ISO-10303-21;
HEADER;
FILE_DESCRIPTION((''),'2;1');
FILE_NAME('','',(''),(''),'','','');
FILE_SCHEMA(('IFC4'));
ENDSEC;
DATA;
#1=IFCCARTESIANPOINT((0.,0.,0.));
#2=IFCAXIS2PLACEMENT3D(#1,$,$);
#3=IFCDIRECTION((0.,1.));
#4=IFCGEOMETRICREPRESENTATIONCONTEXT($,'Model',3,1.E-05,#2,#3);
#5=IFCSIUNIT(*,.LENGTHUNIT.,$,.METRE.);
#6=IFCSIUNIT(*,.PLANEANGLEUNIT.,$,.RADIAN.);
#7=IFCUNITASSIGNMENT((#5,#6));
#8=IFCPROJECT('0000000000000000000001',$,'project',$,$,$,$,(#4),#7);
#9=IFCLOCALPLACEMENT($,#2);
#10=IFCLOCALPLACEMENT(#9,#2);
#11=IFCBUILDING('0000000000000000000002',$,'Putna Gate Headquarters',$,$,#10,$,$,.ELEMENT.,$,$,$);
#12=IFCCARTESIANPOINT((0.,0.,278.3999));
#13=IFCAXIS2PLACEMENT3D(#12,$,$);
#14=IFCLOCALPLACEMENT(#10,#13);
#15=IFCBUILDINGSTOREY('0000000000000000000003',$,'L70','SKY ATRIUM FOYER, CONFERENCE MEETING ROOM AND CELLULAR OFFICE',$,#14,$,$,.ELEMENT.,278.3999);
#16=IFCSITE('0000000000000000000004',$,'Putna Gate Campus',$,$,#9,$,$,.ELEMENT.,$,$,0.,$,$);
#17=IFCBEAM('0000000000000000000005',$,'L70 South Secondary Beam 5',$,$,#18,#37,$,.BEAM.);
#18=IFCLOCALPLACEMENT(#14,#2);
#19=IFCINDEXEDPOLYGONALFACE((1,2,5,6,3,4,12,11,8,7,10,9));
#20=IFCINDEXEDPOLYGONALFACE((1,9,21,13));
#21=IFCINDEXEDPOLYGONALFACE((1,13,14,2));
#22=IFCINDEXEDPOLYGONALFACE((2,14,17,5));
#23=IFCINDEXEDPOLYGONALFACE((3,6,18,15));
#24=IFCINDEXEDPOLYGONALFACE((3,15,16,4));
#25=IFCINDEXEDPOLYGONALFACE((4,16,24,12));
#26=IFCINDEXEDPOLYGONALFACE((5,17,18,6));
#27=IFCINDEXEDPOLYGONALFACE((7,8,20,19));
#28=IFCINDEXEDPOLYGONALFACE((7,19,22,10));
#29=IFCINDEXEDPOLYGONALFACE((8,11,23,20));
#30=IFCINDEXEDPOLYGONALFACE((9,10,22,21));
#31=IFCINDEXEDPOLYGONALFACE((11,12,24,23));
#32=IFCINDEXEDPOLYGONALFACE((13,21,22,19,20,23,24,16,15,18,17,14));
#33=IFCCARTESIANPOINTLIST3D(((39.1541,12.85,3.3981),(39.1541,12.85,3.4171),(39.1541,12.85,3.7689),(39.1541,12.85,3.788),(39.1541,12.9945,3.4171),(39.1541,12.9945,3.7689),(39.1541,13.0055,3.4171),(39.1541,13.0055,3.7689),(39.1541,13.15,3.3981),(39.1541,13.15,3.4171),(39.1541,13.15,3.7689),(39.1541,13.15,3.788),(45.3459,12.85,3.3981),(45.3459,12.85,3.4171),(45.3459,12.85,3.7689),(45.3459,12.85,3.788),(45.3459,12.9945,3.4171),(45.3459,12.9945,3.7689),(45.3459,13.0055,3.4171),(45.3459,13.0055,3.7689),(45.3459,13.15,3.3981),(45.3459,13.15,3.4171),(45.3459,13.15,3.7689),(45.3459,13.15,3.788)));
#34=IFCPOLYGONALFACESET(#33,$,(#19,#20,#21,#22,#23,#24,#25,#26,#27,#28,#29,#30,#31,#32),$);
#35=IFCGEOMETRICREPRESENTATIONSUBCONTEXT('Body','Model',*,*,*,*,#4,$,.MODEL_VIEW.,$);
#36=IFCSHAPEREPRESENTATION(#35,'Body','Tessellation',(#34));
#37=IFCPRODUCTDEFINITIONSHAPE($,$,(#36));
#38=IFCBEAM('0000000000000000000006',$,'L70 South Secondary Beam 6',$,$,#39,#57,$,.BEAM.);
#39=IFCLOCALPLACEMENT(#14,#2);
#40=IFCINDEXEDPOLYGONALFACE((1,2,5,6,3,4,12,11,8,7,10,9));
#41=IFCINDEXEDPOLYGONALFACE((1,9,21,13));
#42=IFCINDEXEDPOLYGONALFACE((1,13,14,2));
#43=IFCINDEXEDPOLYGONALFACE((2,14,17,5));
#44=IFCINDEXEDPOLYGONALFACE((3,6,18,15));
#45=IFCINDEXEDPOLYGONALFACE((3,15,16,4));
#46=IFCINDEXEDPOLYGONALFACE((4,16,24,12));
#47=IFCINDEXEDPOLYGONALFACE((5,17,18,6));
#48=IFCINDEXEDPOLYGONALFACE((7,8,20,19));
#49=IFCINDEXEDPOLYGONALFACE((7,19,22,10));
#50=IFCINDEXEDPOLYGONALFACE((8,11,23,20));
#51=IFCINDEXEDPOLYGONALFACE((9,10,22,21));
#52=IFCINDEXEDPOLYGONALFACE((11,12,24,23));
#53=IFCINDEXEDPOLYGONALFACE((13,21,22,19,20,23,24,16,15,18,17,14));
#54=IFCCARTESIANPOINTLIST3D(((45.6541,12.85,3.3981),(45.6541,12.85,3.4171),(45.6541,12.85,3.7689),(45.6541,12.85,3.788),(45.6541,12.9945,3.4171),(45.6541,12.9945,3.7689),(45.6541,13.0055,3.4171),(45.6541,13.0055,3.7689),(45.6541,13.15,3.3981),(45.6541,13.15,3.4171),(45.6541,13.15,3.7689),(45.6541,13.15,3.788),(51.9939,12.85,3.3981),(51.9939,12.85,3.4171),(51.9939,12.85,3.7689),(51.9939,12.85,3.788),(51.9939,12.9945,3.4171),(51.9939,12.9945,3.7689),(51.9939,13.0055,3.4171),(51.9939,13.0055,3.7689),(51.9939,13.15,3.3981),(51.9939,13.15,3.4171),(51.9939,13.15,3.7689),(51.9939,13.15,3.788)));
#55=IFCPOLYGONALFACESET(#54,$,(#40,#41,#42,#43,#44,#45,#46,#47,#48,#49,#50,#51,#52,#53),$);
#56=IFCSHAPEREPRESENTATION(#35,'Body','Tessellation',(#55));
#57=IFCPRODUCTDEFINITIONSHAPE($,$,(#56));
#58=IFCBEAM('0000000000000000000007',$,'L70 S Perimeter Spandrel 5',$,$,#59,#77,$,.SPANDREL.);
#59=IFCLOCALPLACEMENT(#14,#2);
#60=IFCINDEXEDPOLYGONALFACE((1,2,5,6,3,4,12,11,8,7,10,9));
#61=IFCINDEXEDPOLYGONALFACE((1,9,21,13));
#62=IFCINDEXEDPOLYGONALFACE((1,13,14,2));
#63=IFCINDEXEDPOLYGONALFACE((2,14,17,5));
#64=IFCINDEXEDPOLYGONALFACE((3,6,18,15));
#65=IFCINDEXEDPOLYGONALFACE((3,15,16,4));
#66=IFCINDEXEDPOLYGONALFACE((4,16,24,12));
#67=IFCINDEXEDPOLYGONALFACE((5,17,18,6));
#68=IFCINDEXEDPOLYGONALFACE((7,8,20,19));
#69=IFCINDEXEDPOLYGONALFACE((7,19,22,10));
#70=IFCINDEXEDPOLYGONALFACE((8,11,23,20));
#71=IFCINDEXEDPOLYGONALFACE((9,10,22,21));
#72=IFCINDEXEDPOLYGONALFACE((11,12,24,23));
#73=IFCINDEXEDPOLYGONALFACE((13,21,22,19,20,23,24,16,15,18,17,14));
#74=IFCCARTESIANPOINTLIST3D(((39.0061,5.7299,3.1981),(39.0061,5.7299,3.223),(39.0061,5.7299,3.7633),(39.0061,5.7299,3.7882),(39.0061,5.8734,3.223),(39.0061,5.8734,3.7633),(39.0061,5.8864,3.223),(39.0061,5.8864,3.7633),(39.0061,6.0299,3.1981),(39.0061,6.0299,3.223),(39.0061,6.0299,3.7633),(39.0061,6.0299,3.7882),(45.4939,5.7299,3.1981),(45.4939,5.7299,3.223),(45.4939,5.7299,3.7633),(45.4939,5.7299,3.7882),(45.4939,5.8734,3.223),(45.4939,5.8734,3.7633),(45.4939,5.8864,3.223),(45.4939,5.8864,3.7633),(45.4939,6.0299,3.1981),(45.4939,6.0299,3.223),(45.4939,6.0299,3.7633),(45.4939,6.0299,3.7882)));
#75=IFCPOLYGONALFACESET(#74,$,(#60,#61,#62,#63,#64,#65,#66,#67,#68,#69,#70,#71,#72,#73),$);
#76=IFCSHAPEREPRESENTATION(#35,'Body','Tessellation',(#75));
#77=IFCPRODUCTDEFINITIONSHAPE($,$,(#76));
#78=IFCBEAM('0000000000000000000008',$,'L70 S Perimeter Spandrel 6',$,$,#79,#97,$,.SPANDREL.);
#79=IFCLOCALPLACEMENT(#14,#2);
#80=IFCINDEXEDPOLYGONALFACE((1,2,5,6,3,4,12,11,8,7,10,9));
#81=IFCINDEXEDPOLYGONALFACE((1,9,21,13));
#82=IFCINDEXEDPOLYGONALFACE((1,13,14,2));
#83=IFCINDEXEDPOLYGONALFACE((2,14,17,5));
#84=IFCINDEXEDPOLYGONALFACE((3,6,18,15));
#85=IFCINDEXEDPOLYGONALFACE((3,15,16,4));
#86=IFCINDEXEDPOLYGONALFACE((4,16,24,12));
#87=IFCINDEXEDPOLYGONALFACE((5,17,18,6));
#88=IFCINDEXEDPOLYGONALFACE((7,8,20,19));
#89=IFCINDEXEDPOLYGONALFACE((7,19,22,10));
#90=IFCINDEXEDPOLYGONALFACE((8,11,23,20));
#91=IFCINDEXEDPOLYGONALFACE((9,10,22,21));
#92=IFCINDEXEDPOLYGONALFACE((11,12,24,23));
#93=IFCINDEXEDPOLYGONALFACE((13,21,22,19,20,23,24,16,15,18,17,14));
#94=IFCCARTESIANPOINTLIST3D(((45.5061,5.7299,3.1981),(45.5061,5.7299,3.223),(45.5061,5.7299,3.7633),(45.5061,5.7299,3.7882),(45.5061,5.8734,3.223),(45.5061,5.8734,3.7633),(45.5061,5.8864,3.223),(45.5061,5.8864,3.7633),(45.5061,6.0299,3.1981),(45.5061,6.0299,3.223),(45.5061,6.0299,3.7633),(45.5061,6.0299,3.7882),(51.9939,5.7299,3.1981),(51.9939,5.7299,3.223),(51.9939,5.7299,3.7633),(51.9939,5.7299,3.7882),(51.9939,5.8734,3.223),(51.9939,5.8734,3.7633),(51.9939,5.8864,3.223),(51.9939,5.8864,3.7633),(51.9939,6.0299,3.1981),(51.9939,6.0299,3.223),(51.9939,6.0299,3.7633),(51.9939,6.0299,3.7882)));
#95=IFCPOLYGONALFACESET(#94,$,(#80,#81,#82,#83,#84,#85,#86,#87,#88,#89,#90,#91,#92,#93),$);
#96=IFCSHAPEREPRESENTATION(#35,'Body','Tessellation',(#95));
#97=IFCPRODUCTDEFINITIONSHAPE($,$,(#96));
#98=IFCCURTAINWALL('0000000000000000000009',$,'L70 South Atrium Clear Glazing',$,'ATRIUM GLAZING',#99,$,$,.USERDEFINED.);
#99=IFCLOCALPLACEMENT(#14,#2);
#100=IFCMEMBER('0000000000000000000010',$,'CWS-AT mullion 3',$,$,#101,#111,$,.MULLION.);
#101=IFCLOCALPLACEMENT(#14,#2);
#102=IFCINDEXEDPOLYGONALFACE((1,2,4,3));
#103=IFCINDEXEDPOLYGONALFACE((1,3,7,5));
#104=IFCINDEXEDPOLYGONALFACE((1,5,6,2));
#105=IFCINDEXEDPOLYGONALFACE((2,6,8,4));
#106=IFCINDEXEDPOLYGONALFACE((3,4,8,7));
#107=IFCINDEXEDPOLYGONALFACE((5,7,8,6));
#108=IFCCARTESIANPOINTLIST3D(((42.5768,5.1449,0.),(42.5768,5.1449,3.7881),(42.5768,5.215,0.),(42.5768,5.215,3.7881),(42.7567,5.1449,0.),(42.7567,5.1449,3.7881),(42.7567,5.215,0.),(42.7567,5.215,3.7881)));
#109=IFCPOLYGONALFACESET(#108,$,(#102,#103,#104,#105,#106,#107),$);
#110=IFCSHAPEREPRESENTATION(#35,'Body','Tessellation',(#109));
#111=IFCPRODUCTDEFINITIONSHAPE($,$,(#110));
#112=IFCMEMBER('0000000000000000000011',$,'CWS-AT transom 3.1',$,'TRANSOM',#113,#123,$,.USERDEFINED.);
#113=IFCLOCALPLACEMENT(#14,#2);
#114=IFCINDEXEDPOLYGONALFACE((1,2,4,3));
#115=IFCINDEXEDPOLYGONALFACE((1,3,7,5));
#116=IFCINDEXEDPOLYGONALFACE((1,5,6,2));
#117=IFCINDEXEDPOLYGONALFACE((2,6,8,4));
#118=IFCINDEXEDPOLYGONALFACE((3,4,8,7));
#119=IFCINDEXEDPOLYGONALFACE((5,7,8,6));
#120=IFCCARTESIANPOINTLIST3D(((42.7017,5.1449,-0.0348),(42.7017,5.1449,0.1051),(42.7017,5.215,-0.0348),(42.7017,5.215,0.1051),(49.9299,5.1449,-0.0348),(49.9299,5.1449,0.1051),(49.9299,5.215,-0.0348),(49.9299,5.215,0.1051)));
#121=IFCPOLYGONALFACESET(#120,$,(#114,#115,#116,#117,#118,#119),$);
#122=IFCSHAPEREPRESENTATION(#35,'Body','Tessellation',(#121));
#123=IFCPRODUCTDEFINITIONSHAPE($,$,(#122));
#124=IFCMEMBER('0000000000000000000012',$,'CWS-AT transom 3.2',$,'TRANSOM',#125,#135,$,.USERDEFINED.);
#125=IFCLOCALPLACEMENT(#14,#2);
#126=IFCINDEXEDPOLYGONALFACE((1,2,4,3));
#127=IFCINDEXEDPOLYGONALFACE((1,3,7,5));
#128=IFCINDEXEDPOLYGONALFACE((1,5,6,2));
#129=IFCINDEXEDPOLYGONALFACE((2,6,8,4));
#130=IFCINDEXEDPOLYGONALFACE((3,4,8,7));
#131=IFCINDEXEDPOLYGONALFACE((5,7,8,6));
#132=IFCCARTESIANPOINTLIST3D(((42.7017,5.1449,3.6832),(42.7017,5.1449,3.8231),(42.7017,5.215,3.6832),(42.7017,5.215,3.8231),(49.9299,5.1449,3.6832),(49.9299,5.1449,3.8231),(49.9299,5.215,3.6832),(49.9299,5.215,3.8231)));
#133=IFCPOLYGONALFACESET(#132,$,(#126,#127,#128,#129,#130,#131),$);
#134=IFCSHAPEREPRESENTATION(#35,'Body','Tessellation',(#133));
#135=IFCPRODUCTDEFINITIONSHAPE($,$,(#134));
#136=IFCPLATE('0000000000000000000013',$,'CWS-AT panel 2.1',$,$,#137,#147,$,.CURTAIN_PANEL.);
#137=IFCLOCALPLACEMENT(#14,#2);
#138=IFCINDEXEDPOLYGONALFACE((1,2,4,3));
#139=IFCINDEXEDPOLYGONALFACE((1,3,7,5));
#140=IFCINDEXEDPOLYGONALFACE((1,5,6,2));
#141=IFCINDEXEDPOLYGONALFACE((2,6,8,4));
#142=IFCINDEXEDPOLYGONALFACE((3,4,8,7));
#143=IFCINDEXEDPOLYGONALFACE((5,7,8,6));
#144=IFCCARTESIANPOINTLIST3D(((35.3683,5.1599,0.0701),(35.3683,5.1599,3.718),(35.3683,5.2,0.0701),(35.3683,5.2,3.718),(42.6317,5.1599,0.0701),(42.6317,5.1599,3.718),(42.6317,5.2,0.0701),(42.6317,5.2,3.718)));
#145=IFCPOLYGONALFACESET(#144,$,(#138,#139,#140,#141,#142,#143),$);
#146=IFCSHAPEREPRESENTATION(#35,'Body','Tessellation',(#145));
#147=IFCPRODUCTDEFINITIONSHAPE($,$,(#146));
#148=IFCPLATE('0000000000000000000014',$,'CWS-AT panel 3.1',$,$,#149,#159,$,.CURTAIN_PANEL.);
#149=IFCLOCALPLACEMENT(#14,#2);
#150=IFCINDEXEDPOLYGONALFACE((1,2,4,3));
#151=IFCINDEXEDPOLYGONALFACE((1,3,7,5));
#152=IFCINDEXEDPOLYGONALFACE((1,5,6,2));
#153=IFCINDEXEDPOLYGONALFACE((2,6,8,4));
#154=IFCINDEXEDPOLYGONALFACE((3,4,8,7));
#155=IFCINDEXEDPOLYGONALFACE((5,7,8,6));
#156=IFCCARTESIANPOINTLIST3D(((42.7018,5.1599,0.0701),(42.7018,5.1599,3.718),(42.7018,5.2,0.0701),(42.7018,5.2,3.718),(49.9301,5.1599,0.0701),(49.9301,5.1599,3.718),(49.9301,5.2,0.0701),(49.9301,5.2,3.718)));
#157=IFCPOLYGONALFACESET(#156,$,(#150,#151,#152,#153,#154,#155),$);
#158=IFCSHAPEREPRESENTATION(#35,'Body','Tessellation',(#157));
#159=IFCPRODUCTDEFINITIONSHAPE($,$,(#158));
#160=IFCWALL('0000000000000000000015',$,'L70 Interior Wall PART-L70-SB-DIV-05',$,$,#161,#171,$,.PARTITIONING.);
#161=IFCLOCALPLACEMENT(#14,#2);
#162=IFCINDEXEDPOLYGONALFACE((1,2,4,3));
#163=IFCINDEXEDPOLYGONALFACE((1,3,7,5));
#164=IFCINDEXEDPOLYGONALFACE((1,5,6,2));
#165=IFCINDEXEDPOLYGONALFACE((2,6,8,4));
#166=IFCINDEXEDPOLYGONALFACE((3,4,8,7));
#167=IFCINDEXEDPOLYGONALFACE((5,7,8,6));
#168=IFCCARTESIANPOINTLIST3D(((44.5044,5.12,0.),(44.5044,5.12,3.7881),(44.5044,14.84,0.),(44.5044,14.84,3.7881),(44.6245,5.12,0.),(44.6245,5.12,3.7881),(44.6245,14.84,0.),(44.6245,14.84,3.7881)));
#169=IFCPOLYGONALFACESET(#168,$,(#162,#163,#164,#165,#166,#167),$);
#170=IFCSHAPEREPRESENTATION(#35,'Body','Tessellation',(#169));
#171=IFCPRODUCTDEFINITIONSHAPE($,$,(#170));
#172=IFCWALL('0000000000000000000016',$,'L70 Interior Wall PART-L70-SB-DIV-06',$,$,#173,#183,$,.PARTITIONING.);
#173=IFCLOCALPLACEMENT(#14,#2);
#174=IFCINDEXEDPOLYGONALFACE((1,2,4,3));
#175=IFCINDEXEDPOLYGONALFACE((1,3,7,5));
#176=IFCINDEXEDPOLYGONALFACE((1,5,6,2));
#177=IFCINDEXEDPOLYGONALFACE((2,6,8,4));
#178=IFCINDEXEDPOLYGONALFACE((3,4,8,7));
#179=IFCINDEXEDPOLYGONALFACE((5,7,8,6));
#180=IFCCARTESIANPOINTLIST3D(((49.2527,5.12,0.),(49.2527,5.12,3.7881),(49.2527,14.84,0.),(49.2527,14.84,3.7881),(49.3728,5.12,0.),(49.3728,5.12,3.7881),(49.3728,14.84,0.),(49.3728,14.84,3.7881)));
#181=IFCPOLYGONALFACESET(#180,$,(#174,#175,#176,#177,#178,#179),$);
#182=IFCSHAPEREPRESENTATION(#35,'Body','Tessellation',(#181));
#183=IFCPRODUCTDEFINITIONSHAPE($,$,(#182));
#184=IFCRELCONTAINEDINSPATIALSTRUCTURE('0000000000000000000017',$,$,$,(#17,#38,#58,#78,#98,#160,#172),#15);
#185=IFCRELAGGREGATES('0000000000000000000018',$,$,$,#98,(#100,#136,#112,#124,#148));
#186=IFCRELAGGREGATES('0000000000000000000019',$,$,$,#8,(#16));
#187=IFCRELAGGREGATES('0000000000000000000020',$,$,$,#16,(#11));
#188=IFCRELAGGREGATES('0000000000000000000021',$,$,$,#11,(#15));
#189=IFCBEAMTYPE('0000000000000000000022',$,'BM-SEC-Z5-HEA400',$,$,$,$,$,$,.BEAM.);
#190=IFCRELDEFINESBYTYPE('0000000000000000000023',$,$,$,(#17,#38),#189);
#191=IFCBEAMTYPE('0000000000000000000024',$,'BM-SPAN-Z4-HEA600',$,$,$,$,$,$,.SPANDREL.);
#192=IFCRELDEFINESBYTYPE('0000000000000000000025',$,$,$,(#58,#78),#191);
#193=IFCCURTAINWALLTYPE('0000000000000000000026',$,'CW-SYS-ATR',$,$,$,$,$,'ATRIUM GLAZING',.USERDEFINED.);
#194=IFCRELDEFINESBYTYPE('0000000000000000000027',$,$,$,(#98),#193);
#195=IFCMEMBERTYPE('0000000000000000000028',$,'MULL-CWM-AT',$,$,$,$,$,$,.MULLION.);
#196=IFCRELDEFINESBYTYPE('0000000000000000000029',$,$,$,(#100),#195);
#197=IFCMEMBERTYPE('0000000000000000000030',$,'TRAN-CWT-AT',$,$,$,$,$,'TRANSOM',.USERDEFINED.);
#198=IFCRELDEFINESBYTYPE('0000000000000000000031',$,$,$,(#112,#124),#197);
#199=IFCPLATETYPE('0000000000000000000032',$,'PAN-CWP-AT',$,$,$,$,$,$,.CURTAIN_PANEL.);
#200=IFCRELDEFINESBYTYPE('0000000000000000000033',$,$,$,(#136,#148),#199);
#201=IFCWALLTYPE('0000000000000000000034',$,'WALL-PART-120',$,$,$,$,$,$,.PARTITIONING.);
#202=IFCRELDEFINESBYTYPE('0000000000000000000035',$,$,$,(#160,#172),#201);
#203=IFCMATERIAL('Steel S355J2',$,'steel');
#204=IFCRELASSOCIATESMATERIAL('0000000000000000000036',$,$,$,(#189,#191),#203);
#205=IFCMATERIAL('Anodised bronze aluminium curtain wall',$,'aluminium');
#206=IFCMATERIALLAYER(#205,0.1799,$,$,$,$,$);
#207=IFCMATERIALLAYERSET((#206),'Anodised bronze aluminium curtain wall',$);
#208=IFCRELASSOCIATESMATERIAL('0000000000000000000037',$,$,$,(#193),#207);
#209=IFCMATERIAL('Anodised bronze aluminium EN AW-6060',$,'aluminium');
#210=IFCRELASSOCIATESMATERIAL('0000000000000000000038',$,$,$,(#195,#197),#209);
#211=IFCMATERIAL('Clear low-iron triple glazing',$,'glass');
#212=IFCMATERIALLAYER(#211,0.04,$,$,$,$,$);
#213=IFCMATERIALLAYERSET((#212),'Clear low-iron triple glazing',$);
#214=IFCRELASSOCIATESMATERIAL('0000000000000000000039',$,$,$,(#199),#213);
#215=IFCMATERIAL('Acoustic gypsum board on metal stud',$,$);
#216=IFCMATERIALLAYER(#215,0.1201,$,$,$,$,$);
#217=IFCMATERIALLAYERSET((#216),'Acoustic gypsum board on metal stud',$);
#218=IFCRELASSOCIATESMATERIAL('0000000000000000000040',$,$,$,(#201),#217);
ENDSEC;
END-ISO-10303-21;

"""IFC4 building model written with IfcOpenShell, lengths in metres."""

from ifc_helpers import new_model, si_unit, direction, frame, frame_2d, origin, origin_2d, place, context, subcontext, project, spatial, rectangle, i_section, extrude, material, layer, layer_set, material_profile, profile_set, type_object, element, aggregate, save


model = new_model("IFC4")

# Units and contexts
model_context = context("Model", 3, precision=1e-05, world=origin(), true_north=direction((0.0, 1.0)))
body_context = subcontext(model_context, "Body", "Model", "MODEL_VIEW")
ifc_project = project(units=[si_unit("LENGTHUNIT", "METRE"), si_unit("PLANEANGLEUNIT", "RADIAN")], contexts=[model_context])

# Site, building, storey
site_placement = place(None, origin())
site = spatial("IfcSite", under=ifc_project, at=site_placement, Name="Putna Gate Campus", CompositionType="ELEMENT", RefElevation=0.0)
building_placement = place(site_placement, origin())
building = spatial("IfcBuilding", under=site, at=building_placement, Name="Putna Gate Headquarters", CompositionType="ELEMENT")
storey_placement = place(building_placement, frame((0.0, 0.0, 278.3999)))
storey = spatial("IfcBuildingStorey", under=building, at=storey_placement, Name="L70", Description="SKY ATRIUM FOYER, CONFERENCE MEETING ROOM AND CELLULAR OFFICE", CompositionType="ELEMENT", Elevation=278.3999)

# Beams
ifc_material_1 = material(Name="Steel S355J2", Category="steel")
ifc_material_profile_1 = material_profile(ifc_material_1, i_section(OverallWidth=0.3, OverallDepth=0.3899, WebThickness=0.011, FlangeThickness=0.019, at=origin_2d()), Name="Steel S355J2")
ifc_profile_set_1 = profile_set([ifc_material_profile_1], Name="Steel S355J2")
beam_type_1 = type_object("IfcBeamType", Name="BM-SEC-Z5-HEA400", PredefinedType="BEAM", material=ifc_profile_set_1)
beam_1_placement = place(storey_placement, frame((39.1541, 13.0, 3.593), z_axis=(1.0, 0.0, 0.0), x_axis=(0.0, 1.0, 0.0)))
element("IfcBeam", 1, at=beam_1_placement, inside=storey, type_object=beam_type_1, Name="L70 South Secondary Beam 5", PredefinedType="BEAM", context=body_context, shape_type="SweptSolid", body=[
    extrude(i_section(OverallWidth=0.3, OverallDepth=0.3899, WebThickness=0.011, FlangeThickness=0.019, at=origin_2d()), origin(), (0.0, 0.0, 1.0), 6.1919),
])
beam_2_placement = place(storey_placement, frame((45.6541, 13.0, 3.593), z_axis=(1.0, 0.0, 0.0), x_axis=(0.0, 1.0, 0.0)))
element("IfcBeam", 2, at=beam_2_placement, inside=storey, type_object=beam_type_1, Name="L70 South Secondary Beam 6", PredefinedType="BEAM", context=body_context, shape_type="SweptSolid", body=[
    extrude(i_section(OverallWidth=0.3, OverallDepth=0.3899, WebThickness=0.011, FlangeThickness=0.019, at=origin_2d()), origin(), (0.0, 0.0, 1.0), 6.3398),
])
ifc_material_profile_2 = material_profile(ifc_material_1, i_section(OverallWidth=0.3, OverallDepth=0.5901, WebThickness=0.0129, FlangeThickness=0.0249, at=origin_2d()), Name="Steel S355J2")
ifc_profile_set_2 = profile_set([ifc_material_profile_2], Name="Steel S355J2")
beam_type_2 = type_object("IfcBeamType", Name="BM-SPAN-Z4-HEA600", PredefinedType="SPANDREL", material=ifc_profile_set_2)
for number, where, z_axis, x_axis, name in (
    (3, (39.0061, 5.8799, 3.4932), (1.0, 0.0, 0.0), (0.0, 1.0, 0.0), "L70 S Perimeter Spandrel 5"),
    (4, (45.5061, 5.8799, 3.4932), (1.0, 0.0, 0.0), (0.0, 1.0, 0.0), "L70 S Perimeter Spandrel 6"),
):
    element("IfcBeam", number, at=place(storey_placement, frame(where, z_axis=z_axis, x_axis=x_axis)), inside=storey, type_object=beam_type_2, Name=name, PredefinedType="SPANDREL", context=body_context, shape_type="SweptSolid", body=[
        extrude(i_section(OverallWidth=0.3, OverallDepth=0.5901, WebThickness=0.0129, FlangeThickness=0.0249, at=origin_2d()), origin(), (0.0, 0.0, 1.0), 6.4878),
    ])

# Curtain wall, members, plates
ifc_material_2 = material(Name="Anodised bronze aluminium curtain wall", Category="aluminium")
ifc_layer_1 = layer(ifc_material_2, 0.1799)
ifc_layer_set_1 = layer_set([ifc_layer_1], Name="Anodised bronze aluminium curtain wall")
curtain_wall_type = type_object("IfcCurtainWallType", Name="CW-SYS-ATR", ElementType="ATRIUM GLAZING", PredefinedType="USERDEFINED", material=ifc_layer_set_1)
curtain_wall_placement = place(storey_placement, origin())
curtain_wall = element("IfcCurtainWall", 5, at=curtain_wall_placement, inside=storey, type_object=curtain_wall_type, Name="L70 South Atrium Clear Glazing", ObjectType="ATRIUM GLAZING", PredefinedType="USERDEFINED")
ifc_material_3 = material(Name="Anodised bronze aluminium EN AW-6060", Category="aluminium")
ifc_material_profile_3 = material_profile(ifc_material_3, rectangle(XDim=0.0701, YDim=0.1799, at=origin_2d()), Name="Anodised bronze aluminium EN AW-6060")
ifc_profile_set_3 = profile_set([ifc_material_profile_3], Name="Anodised bronze aluminium EN AW-6060")
member_type_1 = type_object("IfcMemberType", Name="MULL-CWM-AT", PredefinedType="MULLION", material=ifc_profile_set_3)
member_1_placement = place(storey_placement, frame((42.6667, 5.1799, 0.0), z_axis=(0.0, 0.0, 1.0), x_axis=(0.0, 1.0, 0.0)))
member_1 = element("IfcMember", 6, at=member_1_placement, type_object=member_type_1, Name="CWS-AT mullion 3", PredefinedType="MULLION", context=body_context, shape_type="SweptSolid", body=[
    extrude(rectangle(XDim=0.0701, YDim=0.1799, at=origin_2d()), origin(), (0.0, 0.0, 1.0), 3.7881),
])
ifc_material_profile_4 = material_profile(ifc_material_3, rectangle(XDim=0.0701, YDim=0.1399, at=origin_2d()), Name="Anodised bronze aluminium EN AW-6060")
ifc_profile_set_4 = profile_set([ifc_material_profile_4], Name="Anodised bronze aluminium EN AW-6060")
member_type_2 = type_object("IfcMemberType", Name="TRAN-CWT-AT", ElementType="TRANSOM", PredefinedType="USERDEFINED", material=ifc_profile_set_4)
member_2_placement = place(storey_placement, frame((42.7017, 5.1799, 0.0352), z_axis=(1.0, 0.0, 0.0), x_axis=(0.0, 1.0, 0.0)))
member_2 = element("IfcMember", 7, at=member_2_placement, type_object=member_type_2, Name="CWS-AT transom 3.1", ObjectType="TRANSOM", PredefinedType="USERDEFINED", context=body_context, shape_type="SweptSolid", body=[
    extrude(rectangle(XDim=0.0701, YDim=0.1399, at=origin_2d()), origin(), (0.0, 0.0, 1.0), 7.2283),
])
member_3_placement = place(storey_placement, frame((42.7017, 5.1799, 3.7532), z_axis=(1.0, 0.0, 0.0), x_axis=(0.0, 1.0, 0.0)))
member_3 = element("IfcMember", 8, at=member_3_placement, type_object=member_type_2, Name="CWS-AT transom 3.2", ObjectType="TRANSOM", PredefinedType="USERDEFINED", context=body_context, shape_type="SweptSolid", body=[
    extrude(rectangle(XDim=0.0701, YDim=0.1399, at=origin_2d()), origin(), (0.0, 0.0, 1.0), 7.2283),
])
ifc_material_4 = material(Name="Clear low-iron triple glazing", Category="glass")
ifc_layer_2 = layer(ifc_material_4, 0.04)
ifc_layer_set_2 = layer_set([ifc_layer_2], Name="Clear low-iron triple glazing")
plate_type = type_object("IfcPlateType", Name="PAN-CWP-AT", PredefinedType="CURTAIN_PANEL", material=ifc_layer_set_2)
plate_1_placement = place(storey_placement, frame((39.0, 5.1799, 0.0701), z_axis=(0.0, 0.0, 1.0), x_axis=(1.0, 0.0, 0.0)))
plate_1 = element("IfcPlate", 9, at=plate_1_placement, type_object=plate_type, Name="CWS-AT panel 2.1", PredefinedType="CURTAIN_PANEL", context=body_context, shape_type="SweptSolid", body=[
    extrude(rectangle(XDim=7.2634, YDim=0.04, at=origin_2d()), origin(), (0.0, 0.0, 1.0), 3.6479),
])
plate_2_placement = place(storey_placement, frame((46.3159, 5.1799, 0.0701), z_axis=(0.0, 0.0, 1.0), x_axis=(1.0, 0.0, 0.0)))
plate_2 = element("IfcPlate", 10, at=plate_2_placement, type_object=plate_type, Name="CWS-AT panel 3.1", PredefinedType="CURTAIN_PANEL", context=body_context, shape_type="SweptSolid", body=[
    extrude(rectangle(XDim=7.2283, YDim=0.04, at=origin_2d()), origin(), (0.0, 0.0, 1.0), 3.6479),
])
aggregate(curtain_wall, [member_1, plate_1, member_2, member_3, plate_2])

# Walls
ifc_material_5 = material(Name="Acoustic gypsum board on metal stud")
ifc_layer_3 = layer(ifc_material_5, 0.1201)
ifc_layer_set_3 = layer_set([ifc_layer_3], Name="Acoustic gypsum board on metal stud")
wall_type_1 = type_object("IfcWallType", Name="WALL-PART-120", PredefinedType="PARTITIONING", material=ifc_layer_set_3)
for number, where, z_axis, x_axis, name in (
    (11, (44.5645, 5.1201, 0.0), (0.0, 0.0, 1.0), (0.0, 1.0, 0.0), "L70 Interior Wall PART-L70-SB-DIV-05"),
    (12, (49.3127, 5.1201, 0.0), (0.0, 0.0, 1.0), (0.0, 1.0, 0.0), "L70 Interior Wall PART-L70-SB-DIV-06"),
):
    element("IfcWall", number, at=place(storey_placement, frame(where, z_axis=z_axis, x_axis=x_axis)), inside=storey, type_object=wall_type_1, Name=name, PredefinedType="PARTITIONING", context=body_context, shape_type="SweptSolid", body=[
        extrude(rectangle(XDim=9.72, YDim=0.1201, at=frame_2d((4.8599, 0.0))), origin(), (0.0, 0.0, 1.0), 3.7881),
    ])

save(model, "model.ifc")
